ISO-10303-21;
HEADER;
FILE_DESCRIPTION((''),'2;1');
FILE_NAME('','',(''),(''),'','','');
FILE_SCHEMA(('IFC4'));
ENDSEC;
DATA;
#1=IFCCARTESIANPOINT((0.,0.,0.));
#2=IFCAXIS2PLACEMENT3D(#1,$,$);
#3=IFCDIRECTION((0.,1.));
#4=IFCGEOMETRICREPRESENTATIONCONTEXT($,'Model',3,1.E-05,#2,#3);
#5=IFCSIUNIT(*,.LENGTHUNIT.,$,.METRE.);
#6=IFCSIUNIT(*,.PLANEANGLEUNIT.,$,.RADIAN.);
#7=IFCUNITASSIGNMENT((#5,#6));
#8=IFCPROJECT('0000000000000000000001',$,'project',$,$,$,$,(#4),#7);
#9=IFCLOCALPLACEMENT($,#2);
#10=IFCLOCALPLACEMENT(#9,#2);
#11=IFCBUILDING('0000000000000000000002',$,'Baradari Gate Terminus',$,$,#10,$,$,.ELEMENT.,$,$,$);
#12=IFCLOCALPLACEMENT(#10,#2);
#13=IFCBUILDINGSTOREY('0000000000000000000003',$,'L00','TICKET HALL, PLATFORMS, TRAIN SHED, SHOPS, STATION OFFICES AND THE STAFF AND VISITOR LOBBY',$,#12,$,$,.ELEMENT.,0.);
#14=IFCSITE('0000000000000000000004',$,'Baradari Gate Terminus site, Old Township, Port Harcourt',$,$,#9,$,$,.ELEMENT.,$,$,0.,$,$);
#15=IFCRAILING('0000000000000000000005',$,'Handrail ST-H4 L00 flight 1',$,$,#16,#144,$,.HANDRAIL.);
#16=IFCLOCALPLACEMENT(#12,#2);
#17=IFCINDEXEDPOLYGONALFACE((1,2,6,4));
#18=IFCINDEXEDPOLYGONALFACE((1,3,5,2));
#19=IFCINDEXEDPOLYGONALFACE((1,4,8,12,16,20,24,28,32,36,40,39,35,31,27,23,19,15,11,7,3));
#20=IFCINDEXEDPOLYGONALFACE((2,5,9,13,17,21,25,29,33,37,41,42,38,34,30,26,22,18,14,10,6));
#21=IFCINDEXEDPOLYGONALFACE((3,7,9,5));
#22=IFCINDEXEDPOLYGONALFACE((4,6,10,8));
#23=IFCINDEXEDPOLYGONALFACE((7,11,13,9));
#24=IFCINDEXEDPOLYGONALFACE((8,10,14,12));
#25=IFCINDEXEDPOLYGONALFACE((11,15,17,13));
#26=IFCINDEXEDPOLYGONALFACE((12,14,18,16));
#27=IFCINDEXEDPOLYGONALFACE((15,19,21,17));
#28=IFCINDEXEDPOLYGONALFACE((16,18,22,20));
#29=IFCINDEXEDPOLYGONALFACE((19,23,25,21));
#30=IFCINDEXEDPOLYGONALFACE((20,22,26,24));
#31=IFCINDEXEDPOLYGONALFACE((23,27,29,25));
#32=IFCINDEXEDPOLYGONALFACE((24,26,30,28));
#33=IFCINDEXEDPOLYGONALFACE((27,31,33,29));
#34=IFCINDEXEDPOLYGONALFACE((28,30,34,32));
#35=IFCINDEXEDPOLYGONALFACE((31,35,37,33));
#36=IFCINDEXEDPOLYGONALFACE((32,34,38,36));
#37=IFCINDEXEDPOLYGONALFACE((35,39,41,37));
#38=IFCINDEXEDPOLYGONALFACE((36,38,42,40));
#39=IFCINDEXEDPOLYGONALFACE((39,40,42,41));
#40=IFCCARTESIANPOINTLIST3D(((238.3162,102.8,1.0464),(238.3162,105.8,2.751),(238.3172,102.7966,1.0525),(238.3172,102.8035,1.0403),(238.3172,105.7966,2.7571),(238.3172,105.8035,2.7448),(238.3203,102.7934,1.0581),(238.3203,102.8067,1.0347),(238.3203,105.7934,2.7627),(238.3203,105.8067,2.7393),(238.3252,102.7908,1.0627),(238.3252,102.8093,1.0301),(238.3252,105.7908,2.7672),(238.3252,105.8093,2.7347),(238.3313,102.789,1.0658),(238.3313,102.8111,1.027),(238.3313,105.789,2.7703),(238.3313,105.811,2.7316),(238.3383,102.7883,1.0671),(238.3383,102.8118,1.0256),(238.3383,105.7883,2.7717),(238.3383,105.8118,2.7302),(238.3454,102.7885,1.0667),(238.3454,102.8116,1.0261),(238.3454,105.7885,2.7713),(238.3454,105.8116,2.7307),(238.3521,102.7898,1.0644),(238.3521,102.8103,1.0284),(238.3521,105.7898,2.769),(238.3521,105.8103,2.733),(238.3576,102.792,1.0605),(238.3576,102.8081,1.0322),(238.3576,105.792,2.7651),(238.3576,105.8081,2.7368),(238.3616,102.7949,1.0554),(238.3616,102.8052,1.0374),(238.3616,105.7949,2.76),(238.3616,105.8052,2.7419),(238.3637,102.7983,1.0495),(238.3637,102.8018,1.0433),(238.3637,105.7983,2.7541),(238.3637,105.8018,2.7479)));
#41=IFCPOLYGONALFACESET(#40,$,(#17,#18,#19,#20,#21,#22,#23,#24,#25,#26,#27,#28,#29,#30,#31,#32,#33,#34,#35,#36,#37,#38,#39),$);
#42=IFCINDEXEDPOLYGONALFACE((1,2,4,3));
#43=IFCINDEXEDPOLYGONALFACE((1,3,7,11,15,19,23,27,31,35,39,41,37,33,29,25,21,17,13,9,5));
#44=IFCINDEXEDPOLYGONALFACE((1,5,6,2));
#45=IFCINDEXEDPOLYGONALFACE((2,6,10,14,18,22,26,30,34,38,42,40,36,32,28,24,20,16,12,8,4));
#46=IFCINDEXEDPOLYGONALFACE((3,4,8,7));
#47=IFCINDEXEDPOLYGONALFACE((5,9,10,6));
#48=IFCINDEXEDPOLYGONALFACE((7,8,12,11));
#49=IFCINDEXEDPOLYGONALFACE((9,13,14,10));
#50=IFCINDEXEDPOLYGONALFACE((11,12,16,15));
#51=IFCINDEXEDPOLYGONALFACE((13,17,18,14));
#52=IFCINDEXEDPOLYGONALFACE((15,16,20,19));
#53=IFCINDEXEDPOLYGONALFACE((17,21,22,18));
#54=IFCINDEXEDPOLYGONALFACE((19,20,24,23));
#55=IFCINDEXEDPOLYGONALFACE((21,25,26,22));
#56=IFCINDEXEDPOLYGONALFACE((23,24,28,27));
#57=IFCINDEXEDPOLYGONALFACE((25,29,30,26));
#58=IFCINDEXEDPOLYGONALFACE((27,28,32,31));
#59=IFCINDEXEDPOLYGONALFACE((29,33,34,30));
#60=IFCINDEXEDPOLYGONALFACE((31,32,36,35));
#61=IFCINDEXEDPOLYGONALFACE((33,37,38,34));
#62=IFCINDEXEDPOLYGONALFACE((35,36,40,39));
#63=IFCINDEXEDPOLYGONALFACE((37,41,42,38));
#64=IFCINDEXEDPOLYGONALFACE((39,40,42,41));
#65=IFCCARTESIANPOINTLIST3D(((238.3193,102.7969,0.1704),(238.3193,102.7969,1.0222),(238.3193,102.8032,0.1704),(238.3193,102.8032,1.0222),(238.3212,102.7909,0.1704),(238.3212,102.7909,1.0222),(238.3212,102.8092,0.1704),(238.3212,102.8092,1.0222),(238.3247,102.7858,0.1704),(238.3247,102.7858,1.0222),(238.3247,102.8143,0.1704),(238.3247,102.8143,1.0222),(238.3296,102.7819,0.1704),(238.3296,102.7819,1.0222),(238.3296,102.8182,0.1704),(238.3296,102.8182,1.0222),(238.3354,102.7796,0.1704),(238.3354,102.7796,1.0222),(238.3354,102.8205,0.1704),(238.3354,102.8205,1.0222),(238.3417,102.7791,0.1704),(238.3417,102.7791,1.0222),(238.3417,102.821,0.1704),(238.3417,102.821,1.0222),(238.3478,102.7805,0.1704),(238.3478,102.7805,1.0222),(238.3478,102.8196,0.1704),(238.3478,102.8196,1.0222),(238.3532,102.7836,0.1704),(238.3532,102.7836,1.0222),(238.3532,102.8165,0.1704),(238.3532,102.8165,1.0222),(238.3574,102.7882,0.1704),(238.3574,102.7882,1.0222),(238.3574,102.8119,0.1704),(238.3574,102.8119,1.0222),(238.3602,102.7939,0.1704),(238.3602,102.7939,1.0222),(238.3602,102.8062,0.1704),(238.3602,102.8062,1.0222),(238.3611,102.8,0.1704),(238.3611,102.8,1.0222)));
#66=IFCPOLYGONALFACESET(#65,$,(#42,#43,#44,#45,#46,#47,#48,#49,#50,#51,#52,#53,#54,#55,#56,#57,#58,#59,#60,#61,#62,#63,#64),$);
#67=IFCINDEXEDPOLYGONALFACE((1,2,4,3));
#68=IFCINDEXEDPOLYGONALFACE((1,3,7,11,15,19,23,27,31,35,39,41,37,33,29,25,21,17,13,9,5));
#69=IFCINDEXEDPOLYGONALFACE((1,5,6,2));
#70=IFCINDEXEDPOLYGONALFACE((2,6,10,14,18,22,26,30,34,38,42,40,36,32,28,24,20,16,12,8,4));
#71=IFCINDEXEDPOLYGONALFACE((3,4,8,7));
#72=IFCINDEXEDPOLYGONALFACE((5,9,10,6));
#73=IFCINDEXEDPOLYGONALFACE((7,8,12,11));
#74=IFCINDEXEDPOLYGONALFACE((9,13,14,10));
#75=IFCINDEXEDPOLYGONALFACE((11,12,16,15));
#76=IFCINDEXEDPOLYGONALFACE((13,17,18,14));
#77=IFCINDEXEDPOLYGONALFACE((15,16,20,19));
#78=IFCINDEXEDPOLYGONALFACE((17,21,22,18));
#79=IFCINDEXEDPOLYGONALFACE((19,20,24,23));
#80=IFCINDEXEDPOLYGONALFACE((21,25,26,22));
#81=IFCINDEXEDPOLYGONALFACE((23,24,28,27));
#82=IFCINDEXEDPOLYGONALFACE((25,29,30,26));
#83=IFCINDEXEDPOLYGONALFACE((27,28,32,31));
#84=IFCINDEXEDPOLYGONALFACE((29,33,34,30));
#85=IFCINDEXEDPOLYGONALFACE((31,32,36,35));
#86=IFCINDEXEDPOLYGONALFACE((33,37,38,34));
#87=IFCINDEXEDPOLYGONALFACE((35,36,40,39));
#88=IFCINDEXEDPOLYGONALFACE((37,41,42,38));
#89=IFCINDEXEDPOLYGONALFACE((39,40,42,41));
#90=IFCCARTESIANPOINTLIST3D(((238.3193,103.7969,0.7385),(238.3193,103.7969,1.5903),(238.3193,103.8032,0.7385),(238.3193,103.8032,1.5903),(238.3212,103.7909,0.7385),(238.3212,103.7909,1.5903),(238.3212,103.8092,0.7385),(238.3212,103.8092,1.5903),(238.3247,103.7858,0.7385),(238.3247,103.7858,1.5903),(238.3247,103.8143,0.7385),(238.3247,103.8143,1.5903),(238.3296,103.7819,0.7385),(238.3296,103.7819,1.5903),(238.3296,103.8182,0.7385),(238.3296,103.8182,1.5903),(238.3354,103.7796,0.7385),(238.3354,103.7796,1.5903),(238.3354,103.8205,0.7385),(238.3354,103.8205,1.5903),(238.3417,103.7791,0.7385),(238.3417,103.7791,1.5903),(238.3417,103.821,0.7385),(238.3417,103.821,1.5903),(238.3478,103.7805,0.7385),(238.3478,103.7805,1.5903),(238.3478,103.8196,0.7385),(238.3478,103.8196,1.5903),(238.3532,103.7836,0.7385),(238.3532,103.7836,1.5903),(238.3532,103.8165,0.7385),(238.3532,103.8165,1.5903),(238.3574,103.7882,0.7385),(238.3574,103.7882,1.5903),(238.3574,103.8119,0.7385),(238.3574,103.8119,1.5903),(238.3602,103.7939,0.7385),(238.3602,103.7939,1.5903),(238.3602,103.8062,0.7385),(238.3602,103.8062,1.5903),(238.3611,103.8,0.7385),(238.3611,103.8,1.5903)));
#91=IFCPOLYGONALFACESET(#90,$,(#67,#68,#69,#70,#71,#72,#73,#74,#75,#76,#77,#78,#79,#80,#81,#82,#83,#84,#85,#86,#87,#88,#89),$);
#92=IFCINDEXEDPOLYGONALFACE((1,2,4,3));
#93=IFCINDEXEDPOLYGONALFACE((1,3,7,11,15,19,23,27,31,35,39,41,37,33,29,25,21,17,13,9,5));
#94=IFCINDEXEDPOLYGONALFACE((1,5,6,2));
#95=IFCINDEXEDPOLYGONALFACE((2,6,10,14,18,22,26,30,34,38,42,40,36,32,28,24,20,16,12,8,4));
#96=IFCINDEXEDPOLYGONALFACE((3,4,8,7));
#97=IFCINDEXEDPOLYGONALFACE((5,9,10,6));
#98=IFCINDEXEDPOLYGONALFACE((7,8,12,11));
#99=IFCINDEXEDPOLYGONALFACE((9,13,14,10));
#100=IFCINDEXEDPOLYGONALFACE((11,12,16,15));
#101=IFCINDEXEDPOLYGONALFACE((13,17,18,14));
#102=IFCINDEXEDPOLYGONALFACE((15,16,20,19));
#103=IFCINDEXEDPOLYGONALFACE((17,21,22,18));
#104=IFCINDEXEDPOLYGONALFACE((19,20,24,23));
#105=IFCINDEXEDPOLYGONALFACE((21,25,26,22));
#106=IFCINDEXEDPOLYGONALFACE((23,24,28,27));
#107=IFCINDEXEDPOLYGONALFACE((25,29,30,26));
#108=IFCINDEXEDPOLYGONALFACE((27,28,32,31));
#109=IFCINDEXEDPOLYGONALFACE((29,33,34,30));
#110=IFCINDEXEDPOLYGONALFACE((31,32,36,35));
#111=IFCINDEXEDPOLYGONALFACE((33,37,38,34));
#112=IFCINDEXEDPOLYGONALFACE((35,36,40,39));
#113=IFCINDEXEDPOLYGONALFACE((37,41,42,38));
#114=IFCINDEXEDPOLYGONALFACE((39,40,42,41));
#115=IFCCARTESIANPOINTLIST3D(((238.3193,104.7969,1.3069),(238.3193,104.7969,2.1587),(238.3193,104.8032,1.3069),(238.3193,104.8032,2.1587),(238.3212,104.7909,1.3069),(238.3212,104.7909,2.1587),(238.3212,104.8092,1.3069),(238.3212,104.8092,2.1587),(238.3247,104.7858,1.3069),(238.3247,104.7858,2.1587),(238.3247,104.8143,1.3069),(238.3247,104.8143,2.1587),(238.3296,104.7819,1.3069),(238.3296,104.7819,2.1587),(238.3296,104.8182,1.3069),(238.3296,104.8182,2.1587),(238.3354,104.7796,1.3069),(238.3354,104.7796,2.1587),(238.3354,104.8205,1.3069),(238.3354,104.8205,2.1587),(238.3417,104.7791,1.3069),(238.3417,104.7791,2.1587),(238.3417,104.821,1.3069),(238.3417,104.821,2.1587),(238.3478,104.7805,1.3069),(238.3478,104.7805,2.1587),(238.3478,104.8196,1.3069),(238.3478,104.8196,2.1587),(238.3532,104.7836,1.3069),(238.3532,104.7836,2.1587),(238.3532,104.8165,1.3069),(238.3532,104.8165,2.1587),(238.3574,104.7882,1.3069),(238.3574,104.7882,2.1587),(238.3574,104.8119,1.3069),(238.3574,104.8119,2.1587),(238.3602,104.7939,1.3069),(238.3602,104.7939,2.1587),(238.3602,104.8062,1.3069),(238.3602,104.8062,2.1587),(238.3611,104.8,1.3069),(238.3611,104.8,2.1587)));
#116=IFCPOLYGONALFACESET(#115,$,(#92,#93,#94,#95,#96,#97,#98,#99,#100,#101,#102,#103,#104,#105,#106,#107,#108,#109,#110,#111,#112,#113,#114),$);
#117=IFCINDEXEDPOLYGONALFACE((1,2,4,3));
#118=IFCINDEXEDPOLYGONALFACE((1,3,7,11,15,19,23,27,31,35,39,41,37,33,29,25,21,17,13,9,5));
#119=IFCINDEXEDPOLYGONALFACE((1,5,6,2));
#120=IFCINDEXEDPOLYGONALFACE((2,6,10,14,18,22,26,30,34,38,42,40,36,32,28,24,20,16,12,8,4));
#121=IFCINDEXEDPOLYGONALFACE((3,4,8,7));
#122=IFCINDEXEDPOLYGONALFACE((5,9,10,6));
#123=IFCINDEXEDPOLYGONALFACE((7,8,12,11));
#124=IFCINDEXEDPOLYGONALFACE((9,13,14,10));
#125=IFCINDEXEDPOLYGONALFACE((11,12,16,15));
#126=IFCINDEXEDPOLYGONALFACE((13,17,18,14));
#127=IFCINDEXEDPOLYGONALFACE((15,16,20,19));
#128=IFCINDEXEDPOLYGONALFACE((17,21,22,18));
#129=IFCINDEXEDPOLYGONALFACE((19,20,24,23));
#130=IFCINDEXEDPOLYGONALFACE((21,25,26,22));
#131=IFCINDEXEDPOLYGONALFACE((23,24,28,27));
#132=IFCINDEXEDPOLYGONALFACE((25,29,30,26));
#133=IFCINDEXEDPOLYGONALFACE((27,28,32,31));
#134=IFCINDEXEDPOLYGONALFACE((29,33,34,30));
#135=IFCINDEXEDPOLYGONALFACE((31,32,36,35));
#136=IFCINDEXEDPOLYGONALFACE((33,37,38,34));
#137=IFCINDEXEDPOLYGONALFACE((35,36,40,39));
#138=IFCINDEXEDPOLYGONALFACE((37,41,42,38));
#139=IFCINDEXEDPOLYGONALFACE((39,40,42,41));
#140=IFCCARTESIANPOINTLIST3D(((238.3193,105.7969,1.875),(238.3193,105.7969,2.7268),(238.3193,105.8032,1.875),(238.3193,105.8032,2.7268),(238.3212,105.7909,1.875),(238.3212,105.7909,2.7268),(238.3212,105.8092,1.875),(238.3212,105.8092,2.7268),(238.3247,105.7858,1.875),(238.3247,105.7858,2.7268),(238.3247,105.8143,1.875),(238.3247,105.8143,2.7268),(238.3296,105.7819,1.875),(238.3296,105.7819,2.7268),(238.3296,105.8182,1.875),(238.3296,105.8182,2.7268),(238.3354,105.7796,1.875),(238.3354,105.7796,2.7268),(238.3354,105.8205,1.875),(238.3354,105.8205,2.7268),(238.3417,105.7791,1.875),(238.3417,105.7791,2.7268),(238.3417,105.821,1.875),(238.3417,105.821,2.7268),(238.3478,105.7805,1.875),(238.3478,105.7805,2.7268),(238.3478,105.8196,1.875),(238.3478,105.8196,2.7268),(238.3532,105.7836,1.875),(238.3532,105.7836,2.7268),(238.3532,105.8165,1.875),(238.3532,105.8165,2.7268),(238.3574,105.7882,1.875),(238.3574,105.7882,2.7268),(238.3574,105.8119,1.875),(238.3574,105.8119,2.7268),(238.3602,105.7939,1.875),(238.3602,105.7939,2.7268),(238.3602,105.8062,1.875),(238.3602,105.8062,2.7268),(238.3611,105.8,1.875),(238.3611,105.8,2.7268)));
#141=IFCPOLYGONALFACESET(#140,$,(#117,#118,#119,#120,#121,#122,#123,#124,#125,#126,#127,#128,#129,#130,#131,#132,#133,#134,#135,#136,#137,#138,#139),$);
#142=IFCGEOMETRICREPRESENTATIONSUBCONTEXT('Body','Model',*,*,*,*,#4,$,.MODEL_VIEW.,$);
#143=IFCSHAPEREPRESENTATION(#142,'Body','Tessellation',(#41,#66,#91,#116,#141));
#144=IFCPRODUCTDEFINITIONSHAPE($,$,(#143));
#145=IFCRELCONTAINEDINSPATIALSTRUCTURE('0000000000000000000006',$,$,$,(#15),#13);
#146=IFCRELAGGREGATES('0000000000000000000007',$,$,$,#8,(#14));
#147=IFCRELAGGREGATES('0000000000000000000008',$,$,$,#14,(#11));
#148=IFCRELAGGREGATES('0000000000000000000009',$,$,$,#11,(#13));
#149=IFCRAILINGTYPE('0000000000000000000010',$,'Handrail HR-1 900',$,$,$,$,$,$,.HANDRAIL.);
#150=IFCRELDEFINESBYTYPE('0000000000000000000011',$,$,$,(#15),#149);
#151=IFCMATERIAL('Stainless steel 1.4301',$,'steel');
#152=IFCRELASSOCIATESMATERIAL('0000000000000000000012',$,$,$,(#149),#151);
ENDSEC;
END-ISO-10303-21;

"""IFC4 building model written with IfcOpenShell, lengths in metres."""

from ifc_helpers import new_model, si_unit, direction, frame, origin, origin_2d, place, context, subcontext, project, spatial, circle, extrude, material, type_object, element, save


model = new_model("IFC4")

# Units and contexts
model_context = context("Model", 3, precision=1e-05, world=origin(), true_north=direction((0.0, 1.0)))
body_context = subcontext(model_context, "Body", "Model", "MODEL_VIEW")
ifc_project = project(units=[si_unit("LENGTHUNIT", "METRE"), si_unit("PLANEANGLEUNIT", "RADIAN")], contexts=[model_context])

# Site, building, storey
site_placement = place(None, origin())
site = spatial("IfcSite", under=ifc_project, at=site_placement, Name="Baradari Gate Terminus site, Old Township, Port Harcourt", CompositionType="ELEMENT", RefElevation=0.0)
building_placement = place(site_placement, origin())
building = spatial("IfcBuilding", under=site, at=building_placement, Name="Baradari Gate Terminus", CompositionType="ELEMENT")
storey_placement = place(building_placement, origin())
storey = spatial("IfcBuildingStorey", under=building, at=storey_placement, Name="L00", Description="TICKET HALL, PLATFORMS, TRAIN SHED, SHOPS, STATION OFFICES AND THE STAFF AND VISITOR LOBBY", CompositionType="ELEMENT", Elevation=0.0)

# Railing
ifc_material_1 = material(Name="Stainless steel 1.4301", Category="steel")
railing_type_1 = type_object("IfcRailingType", Name="Handrail HR-1 900", PredefinedType="HANDRAIL", material=ifc_material_1)
railing_1_placement = place(storey_placement, frame((238.3401, 102.8, 0.1704)))
element("IfcRailing", 1, at=railing_1_placement, inside=storey, type_object=railing_type_1, Name="Handrail ST-H4 L00 flight 1", PredefinedType="HANDRAIL", context=body_context, shape_type="SweptSolid", body=[
    extrude(circle(Radius=0.0239, at=origin_2d()), frame((0.0, 0.0, 0.876), z_axis=(0.0, 0.869451, 0.494019), x_axis=(-1.0, 0.0, 0.0)), (0.0, 0.0, 1.0), 3.4504),
    extrude(circle(Radius=0.021, at=origin_2d()), origin(), (0.0, 0.0, 1.0), 0.8518),
    extrude(circle(Radius=0.021, at=origin_2d()), frame((0.0, 1.0, 0.5681)), (0.0, 0.0, 1.0), 0.8518),
    extrude(circle(Radius=0.021, at=origin_2d()), frame((0.0, 2.0, 1.1365)), (0.0, 0.0, 1.0), 0.8518),
    extrude(circle(Radius=0.021, at=origin_2d()), frame((0.0, 3.0, 1.7046)), (0.0, 0.0, 1.0), 0.8518),
])

save(model, "model.ifc")
